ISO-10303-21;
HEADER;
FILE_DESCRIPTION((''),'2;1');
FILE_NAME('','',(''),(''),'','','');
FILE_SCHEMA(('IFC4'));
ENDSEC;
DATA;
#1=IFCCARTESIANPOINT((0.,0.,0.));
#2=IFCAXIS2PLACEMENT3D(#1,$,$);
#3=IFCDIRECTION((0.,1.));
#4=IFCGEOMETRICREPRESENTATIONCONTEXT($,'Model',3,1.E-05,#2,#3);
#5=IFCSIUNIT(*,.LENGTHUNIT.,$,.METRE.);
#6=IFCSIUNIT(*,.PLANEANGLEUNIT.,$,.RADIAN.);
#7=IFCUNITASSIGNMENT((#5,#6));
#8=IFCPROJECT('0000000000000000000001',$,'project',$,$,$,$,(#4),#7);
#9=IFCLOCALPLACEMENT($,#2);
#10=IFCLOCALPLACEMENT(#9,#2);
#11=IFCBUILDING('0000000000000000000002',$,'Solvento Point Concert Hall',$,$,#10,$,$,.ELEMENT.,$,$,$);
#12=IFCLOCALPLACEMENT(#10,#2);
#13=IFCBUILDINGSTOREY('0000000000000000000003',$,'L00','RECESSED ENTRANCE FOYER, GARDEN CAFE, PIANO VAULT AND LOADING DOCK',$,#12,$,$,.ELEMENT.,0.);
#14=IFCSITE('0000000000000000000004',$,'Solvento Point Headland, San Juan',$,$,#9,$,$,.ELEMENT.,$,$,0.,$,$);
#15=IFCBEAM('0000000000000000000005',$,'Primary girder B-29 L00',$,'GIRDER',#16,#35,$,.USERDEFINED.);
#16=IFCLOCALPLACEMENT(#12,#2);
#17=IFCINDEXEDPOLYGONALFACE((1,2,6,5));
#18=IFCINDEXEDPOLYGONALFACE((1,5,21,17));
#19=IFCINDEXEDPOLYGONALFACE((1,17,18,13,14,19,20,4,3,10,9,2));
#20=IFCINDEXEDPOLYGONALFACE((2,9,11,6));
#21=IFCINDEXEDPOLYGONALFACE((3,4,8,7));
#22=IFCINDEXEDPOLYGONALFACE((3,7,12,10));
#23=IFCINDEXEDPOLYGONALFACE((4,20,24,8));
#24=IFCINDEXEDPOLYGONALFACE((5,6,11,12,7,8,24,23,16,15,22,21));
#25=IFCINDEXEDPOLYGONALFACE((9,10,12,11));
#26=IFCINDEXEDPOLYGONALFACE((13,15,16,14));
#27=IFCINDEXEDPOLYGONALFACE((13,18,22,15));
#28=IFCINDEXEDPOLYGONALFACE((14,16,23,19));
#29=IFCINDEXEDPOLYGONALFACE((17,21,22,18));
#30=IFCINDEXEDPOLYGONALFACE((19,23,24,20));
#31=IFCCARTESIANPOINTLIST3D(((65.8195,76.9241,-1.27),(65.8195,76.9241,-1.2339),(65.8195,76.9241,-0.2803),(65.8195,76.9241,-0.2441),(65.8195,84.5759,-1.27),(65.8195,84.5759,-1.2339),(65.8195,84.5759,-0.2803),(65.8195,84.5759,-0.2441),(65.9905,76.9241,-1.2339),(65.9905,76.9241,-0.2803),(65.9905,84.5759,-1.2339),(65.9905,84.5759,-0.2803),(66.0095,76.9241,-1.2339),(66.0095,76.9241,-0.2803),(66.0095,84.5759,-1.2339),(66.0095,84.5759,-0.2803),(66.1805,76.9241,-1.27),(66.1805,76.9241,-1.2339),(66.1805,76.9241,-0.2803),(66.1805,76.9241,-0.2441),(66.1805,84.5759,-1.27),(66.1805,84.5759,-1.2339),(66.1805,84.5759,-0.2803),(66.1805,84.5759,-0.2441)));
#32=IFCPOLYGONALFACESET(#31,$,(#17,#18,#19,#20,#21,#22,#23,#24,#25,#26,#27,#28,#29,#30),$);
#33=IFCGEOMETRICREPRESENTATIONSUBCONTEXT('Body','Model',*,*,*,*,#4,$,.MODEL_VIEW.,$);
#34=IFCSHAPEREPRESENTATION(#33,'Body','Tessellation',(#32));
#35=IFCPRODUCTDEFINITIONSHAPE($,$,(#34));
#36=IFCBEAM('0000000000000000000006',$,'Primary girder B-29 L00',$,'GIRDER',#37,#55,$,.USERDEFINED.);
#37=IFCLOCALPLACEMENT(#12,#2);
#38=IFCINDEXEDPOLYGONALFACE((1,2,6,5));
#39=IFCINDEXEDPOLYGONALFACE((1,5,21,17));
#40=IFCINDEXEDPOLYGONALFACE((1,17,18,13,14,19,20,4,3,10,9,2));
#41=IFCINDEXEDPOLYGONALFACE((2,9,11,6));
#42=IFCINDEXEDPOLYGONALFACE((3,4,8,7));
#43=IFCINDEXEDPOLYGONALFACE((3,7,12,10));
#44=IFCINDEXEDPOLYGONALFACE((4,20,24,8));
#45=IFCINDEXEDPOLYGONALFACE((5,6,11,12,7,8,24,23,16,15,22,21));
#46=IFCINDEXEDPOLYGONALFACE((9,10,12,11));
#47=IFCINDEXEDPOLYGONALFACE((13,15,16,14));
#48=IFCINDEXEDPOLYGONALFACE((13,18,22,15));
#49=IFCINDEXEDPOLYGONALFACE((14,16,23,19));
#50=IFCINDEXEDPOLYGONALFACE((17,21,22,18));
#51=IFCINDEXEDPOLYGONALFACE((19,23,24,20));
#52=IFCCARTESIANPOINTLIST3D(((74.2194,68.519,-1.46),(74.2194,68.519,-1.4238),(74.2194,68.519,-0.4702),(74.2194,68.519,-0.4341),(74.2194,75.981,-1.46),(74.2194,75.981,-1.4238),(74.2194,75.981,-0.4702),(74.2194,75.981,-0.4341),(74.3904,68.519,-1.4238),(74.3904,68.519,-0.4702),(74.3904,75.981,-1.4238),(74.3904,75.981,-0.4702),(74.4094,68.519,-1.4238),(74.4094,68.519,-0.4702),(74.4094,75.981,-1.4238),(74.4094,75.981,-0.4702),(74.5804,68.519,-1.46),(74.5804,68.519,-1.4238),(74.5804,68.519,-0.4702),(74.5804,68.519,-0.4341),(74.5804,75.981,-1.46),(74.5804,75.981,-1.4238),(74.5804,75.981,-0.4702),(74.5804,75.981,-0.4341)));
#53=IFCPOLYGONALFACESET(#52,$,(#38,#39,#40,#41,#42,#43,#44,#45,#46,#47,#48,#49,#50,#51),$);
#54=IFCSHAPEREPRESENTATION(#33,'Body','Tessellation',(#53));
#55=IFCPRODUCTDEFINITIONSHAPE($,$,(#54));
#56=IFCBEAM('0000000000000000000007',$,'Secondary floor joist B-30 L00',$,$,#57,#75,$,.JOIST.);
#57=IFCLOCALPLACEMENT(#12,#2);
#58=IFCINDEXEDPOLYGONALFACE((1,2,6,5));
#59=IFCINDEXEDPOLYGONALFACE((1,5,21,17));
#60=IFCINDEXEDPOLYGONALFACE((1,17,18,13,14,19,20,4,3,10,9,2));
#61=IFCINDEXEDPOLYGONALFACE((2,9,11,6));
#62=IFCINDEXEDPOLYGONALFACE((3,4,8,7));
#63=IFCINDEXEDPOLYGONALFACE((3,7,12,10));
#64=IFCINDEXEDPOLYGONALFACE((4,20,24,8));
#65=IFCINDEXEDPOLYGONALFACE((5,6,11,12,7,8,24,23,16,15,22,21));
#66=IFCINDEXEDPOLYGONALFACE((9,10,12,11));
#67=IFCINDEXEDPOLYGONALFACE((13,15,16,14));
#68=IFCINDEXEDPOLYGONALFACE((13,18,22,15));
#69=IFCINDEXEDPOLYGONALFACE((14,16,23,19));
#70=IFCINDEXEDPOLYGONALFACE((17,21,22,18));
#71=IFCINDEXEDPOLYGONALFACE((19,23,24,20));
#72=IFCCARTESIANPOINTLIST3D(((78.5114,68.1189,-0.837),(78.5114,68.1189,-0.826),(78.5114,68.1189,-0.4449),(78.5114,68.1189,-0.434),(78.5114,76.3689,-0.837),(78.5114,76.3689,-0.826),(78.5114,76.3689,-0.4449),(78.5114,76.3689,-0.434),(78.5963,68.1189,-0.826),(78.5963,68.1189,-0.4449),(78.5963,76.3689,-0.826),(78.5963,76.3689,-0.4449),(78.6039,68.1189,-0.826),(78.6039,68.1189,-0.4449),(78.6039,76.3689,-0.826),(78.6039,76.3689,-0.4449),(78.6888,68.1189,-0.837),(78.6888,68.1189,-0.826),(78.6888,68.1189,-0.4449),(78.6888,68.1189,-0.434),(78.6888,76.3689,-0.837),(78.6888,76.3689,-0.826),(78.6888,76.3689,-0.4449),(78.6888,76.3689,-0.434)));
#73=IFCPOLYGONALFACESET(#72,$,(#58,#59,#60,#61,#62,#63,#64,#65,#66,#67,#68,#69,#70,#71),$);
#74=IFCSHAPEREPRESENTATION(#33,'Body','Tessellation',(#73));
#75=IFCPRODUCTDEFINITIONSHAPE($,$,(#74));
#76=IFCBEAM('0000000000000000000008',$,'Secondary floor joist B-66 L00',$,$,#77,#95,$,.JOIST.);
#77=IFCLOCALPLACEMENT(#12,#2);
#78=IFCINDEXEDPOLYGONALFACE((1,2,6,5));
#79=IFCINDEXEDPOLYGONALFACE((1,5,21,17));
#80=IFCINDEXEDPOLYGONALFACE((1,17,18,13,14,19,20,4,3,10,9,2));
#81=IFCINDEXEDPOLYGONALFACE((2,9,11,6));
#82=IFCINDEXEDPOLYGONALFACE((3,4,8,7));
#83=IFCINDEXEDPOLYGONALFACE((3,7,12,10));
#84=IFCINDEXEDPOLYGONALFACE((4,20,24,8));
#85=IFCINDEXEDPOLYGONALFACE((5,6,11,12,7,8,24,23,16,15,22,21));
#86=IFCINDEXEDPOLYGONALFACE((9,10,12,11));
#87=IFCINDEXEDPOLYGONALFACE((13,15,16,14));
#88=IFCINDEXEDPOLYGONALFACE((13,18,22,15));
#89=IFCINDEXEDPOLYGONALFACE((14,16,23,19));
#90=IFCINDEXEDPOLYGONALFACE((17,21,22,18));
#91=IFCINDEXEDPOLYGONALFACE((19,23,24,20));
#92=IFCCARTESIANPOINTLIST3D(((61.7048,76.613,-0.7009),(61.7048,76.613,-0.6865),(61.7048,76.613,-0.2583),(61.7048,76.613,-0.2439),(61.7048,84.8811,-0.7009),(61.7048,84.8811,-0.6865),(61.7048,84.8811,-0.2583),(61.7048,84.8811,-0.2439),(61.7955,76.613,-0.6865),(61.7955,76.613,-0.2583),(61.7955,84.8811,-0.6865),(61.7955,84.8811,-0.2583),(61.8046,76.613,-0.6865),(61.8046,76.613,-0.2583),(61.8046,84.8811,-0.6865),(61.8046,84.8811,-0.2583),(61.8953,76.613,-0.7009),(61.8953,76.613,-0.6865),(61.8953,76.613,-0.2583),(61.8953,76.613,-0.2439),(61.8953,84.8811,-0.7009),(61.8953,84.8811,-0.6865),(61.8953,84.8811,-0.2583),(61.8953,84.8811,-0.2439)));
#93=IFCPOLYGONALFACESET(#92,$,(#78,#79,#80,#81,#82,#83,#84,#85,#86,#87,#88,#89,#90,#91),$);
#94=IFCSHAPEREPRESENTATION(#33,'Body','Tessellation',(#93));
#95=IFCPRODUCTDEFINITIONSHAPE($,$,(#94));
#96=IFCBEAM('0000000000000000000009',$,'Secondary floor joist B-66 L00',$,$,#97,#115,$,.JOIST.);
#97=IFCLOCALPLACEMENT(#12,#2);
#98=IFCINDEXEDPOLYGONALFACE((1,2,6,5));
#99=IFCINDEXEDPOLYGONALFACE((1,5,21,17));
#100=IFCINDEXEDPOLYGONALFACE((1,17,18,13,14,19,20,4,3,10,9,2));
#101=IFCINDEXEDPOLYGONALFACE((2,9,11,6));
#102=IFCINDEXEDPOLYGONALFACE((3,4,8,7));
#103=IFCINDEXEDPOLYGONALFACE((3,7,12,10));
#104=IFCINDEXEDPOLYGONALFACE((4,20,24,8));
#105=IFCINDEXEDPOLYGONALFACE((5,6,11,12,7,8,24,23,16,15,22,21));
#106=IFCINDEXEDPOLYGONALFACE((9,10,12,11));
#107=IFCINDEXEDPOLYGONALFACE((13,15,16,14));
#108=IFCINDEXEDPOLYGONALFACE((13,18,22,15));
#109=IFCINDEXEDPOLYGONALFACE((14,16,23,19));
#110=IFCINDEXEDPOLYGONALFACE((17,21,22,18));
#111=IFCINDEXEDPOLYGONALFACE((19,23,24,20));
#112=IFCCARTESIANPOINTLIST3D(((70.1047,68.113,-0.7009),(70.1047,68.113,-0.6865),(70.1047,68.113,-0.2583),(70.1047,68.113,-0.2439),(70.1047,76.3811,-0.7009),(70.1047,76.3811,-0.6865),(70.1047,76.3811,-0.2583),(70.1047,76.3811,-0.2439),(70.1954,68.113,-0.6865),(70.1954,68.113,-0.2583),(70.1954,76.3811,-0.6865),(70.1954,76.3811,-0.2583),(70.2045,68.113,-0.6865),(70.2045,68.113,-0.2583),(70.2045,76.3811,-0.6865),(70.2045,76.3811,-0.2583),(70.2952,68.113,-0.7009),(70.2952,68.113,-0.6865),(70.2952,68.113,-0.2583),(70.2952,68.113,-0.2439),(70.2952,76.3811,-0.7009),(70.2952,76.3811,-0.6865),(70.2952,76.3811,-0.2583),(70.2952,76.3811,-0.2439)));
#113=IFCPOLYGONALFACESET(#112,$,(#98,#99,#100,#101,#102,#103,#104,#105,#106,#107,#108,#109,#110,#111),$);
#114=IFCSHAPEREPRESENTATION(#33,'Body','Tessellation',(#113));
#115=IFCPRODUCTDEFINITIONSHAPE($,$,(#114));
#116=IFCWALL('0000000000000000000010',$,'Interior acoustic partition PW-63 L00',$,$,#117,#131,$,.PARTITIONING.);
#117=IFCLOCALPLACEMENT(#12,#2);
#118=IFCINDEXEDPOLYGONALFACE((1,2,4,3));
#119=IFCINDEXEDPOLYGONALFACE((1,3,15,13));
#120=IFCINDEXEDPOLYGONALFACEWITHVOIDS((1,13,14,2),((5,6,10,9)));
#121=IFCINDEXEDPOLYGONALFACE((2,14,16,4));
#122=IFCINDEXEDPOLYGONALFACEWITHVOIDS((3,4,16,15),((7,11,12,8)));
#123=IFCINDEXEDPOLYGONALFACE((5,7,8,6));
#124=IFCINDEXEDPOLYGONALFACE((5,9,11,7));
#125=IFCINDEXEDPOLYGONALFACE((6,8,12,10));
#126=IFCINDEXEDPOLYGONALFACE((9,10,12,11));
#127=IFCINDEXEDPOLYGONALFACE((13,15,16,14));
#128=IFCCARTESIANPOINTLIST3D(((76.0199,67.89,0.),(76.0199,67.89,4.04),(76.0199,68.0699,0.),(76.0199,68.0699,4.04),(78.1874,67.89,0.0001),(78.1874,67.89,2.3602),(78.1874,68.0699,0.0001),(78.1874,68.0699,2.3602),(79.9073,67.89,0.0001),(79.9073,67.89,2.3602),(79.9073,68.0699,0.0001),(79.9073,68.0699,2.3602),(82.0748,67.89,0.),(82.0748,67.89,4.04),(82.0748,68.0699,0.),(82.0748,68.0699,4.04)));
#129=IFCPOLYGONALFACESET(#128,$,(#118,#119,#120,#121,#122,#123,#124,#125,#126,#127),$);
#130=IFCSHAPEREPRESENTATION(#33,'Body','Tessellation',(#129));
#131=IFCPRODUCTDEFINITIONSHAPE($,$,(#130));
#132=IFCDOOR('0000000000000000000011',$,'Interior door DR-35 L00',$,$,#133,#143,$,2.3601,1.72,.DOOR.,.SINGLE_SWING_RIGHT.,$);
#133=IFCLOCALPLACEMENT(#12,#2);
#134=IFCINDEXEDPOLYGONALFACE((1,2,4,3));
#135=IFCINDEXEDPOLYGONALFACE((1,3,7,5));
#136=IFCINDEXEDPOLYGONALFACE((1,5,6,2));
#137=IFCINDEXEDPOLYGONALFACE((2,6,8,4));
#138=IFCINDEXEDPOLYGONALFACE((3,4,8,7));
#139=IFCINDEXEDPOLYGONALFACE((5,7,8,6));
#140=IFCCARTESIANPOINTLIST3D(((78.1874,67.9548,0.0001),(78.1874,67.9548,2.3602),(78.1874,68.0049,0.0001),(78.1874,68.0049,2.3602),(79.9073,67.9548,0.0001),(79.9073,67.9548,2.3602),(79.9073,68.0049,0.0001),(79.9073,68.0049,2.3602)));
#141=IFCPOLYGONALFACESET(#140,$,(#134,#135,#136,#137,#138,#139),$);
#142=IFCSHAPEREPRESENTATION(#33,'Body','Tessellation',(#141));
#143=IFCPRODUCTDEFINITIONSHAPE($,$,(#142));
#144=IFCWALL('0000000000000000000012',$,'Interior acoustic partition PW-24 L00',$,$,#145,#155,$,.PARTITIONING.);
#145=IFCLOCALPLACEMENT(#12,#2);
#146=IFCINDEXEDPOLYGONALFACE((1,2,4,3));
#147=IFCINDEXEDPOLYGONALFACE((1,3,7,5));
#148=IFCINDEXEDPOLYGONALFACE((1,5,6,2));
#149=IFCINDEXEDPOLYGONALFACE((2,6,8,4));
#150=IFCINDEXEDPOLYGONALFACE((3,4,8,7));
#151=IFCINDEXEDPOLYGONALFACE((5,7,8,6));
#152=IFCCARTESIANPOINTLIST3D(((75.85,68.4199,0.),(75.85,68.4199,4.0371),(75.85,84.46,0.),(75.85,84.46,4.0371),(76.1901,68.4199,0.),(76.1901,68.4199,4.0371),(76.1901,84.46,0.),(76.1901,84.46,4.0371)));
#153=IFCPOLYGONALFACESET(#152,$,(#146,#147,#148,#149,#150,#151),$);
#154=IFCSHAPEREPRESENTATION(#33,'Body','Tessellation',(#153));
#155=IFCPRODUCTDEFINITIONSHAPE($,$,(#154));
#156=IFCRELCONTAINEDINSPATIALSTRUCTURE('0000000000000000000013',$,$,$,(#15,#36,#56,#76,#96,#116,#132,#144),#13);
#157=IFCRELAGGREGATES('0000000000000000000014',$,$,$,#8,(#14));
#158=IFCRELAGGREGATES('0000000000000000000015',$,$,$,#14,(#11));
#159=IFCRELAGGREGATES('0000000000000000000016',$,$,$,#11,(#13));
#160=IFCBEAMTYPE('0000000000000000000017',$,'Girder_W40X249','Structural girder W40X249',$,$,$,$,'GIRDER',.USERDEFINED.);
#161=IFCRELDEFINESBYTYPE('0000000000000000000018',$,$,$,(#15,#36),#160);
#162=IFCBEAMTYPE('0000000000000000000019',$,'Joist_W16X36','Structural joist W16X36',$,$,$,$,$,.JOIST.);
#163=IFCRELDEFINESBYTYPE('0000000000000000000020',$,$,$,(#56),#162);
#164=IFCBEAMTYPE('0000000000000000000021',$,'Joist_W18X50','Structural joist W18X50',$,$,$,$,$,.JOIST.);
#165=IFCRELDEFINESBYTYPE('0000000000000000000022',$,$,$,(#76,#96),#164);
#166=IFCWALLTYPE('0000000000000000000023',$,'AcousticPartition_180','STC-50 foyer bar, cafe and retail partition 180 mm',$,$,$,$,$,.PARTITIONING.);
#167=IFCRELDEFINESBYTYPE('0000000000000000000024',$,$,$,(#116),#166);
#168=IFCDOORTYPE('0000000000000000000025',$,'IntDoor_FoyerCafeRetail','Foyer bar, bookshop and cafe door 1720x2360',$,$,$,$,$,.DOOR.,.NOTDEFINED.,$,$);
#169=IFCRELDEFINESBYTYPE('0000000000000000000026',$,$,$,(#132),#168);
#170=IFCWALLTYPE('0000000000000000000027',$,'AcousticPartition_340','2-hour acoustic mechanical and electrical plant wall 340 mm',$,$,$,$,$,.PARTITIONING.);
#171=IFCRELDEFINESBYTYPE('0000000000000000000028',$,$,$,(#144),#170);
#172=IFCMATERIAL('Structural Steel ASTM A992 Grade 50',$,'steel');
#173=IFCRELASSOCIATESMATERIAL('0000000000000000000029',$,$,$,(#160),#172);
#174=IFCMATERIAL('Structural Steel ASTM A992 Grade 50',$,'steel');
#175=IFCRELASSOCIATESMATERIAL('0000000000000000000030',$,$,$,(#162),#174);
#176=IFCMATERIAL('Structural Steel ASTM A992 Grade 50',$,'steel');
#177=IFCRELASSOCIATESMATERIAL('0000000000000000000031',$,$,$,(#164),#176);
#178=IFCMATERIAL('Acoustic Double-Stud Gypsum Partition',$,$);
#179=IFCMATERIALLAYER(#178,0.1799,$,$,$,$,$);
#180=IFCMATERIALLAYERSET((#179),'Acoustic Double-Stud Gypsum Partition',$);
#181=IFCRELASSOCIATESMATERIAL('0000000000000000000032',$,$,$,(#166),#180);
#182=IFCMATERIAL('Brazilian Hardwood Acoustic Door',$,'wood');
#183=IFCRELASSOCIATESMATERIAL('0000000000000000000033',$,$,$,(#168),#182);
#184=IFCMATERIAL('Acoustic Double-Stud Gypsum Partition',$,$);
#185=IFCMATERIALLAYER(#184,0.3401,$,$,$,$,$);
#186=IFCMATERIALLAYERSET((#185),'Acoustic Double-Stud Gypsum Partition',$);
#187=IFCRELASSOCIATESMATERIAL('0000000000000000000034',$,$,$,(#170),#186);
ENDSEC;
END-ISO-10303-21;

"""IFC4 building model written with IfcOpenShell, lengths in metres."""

from ifc_helpers import new_model, si_unit, direction, frame, frame_2d, origin, origin_2d, place, context, subcontext, project, spatial, rectangle, i_section, extrude, material, layer, layer_set, material_profile, profile_set, type_object, element, fill, save


model = new_model("IFC4")

# Units and contexts
model_context = context("Model", 3, precision=1e-05, world=origin(), true_north=direction((0.0, 1.0)))
body_context = subcontext(model_context, "Body", "Model", "MODEL_VIEW")
ifc_project = project(units=[si_unit("LENGTHUNIT", "METRE"), si_unit("PLANEANGLEUNIT", "RADIAN")], contexts=[model_context])

# Site, building, storey
site_placement = place(None, origin())
site = spatial("IfcSite", under=ifc_project, at=site_placement, Name="Solvento Point Headland, San Juan", CompositionType="ELEMENT", RefElevation=0.0)
building_placement = place(site_placement, origin())
building = spatial("IfcBuilding", under=site, at=building_placement, Name="Solvento Point Concert Hall", CompositionType="ELEMENT")
storey_placement = place(building_placement, origin())
storey = spatial("IfcBuildingStorey", under=building, at=storey_placement, Name="L00", Description="RECESSED ENTRANCE FOYER, GARDEN CAFE, PIANO VAULT AND LOADING DOCK", CompositionType="ELEMENT", Elevation=0.0)

# Beams
ifc_material_1 = material(Name="Structural Steel ASTM A992 Grade 50", Category="steel")
ifc_material_profile_1 = material_profile(ifc_material_1, i_section(OverallWidth=0.3611, OverallDepth=1.0259, WebThickness=0.019, FlangeThickness=0.0361, at=origin_2d()), Name="W40X249")
ifc_profile_set_1 = profile_set([ifc_material_profile_1], Name="Structural Steel ASTM A992 Grade 50")
beam_type_1 = type_object("IfcBeamType", Name="Girder_W40X249", Description="Structural girder W40X249", ElementType="GIRDER", PredefinedType="USERDEFINED", material=ifc_profile_set_1)
beam_1_placement = place(storey_placement, frame((66.0, 76.9241, -0.7571), z_axis=(0.0, 1.0, 0.0), x_axis=(-1.0, 0.0, 0.0)))
element("IfcBeam", 1, at=beam_1_placement, inside=storey, type_object=beam_type_1, Name="Primary girder B-29 L00", ObjectType="GIRDER", PredefinedType="USERDEFINED", context=body_context, shape_type="SweptSolid", body=[
    extrude(i_section(OverallWidth=0.3611, OverallDepth=1.0259, WebThickness=0.019, FlangeThickness=0.0361, at=origin_2d()), origin(), (0.0, 0.0, 1.0), 7.6519),
])
beam_2_placement = place(storey_placement, frame((74.3999, 68.519, -0.947), z_axis=(0.0, 1.0, 0.0), x_axis=(-1.0, 0.0, 0.0)))
element("IfcBeam", 2, at=beam_2_placement, inside=storey, type_object=beam_type_1, Name="Primary girder B-29 L00", ObjectType="GIRDER", PredefinedType="USERDEFINED", context=body_context, shape_type="SweptSolid", body=[
    extrude(i_section(OverallWidth=0.3611, OverallDepth=1.0259, WebThickness=0.019, FlangeThickness=0.0361, at=origin_2d()), origin(), (0.0, 0.0, 1.0), 7.4619),
])
ifc_material_2 = material(Name="Structural Steel ASTM A992 Grade 50", Category="steel")
ifc_material_profile_2 = material_profile(ifc_material_2, i_section(OverallWidth=0.1775, OverallDepth=0.4031, WebThickness=0.0076, FlangeThickness=0.011, at=origin_2d()), Name="W16X36")
ifc_profile_set_2 = profile_set([ifc_material_profile_2], Name="Structural Steel ASTM A992 Grade 50")
beam_type_2 = type_object("IfcBeamType", Name="Joist_W16X36", Description="Structural joist W16X36", PredefinedType="JOIST", material=ifc_profile_set_2)
beam_3_placement = place(storey_placement, frame((78.6001, 68.1189, -0.6355), z_axis=(0.0, 1.0, 0.0), x_axis=(-1.0, 0.0, 0.0)))
element("IfcBeam", 3, at=beam_3_placement, inside=storey, type_object=beam_type_2, Name="Secondary floor joist B-30 L00", PredefinedType="JOIST", context=body_context, shape_type="SweptSolid", body=[
    extrude(i_section(OverallWidth=0.1775, OverallDepth=0.4031, WebThickness=0.0076, FlangeThickness=0.011, at=origin_2d()), origin(), (0.0, 0.0, 1.0), 8.25),
])
ifc_material_3 = material(Name="Structural Steel ASTM A992 Grade 50", Category="steel")
ifc_material_profile_3 = material_profile(ifc_material_3, i_section(OverallWidth=0.1904, OverallDepth=0.457, WebThickness=0.009, FlangeThickness=0.0144, at=origin_2d()), Name="W18X50")
ifc_profile_set_3 = profile_set([ifc_material_profile_3], Name="Structural Steel ASTM A992 Grade 50")
beam_type_3 = type_object("IfcBeamType", Name="Joist_W18X50", Description="Structural joist W18X50", PredefinedType="JOIST", material=ifc_profile_set_3)
for number, where, z_axis, x_axis, name in (
    (4, (61.8, 76.613, -0.4724), (0.0, 1.0, 0.0), (-1.0, 0.0, 0.0), "Secondary floor joist B-66 L00"),
    (5, (70.2, 68.113, -0.4724), (0.0, 1.0, 0.0), (-1.0, 0.0, 0.0), "Secondary floor joist B-66 L00"),
):
    element("IfcBeam", number, at=place(storey_placement, frame(where, z_axis=z_axis, x_axis=x_axis)), inside=storey, type_object=beam_type_3, Name=name, PredefinedType="JOIST", context=body_context, shape_type="SweptSolid", body=[
        extrude(i_section(OverallWidth=0.1904, OverallDepth=0.457, WebThickness=0.009, FlangeThickness=0.0144, at=origin_2d()), origin(), (0.0, 0.0, 1.0), 8.2681),
    ])

# Wall, opening, door
ifc_material_4 = material(Name="Acoustic Double-Stud Gypsum Partition")
ifc_layer_1 = layer(ifc_material_4, 0.1799)
ifc_layer_set_1 = layer_set([ifc_layer_1], Name="Acoustic Double-Stud Gypsum Partition")
wall_type_1 = type_object("IfcWallType", Name="AcousticPartition_180", Description="STC-50 foyer bar, cafe and retail partition 180 mm", PredefinedType="PARTITIONING", material=ifc_layer_set_1)
wall_1_placement = place(storey_placement, frame((76.02, 67.98, 0.0), z_axis=(0.0, 0.0, 1.0), x_axis=(1.0, 0.0, 0.0)))
wall_1 = element("IfcWall", 6, at=wall_1_placement, inside=storey, type_object=wall_type_1, Name="Interior acoustic partition PW-63 L00", PredefinedType="PARTITIONING", context=body_context, shape_type="SweptSolid", body=[
    extrude(rectangle(XDim=6.0549, YDim=0.1799, at=frame_2d((3.0273, 0.0))), origin(), (0.0, 0.0, 1.0), 4.04),
])
opening_1_placement = place(wall_1_placement, frame((2.1675, 0.0, 0.0)))
opening_1 = element("IfcOpeningElement", 7, at=opening_1_placement, cuts=wall_1, PredefinedType="OPENING", context=body_context, shape_type="SweptSolid", body=[
    extrude(rectangle(XDim=1.72, YDim=2.3601, at=frame_2d((0.8599, 1.1802))), frame((0.0, 0.0999, 0.0), z_axis=(0.0, -1.0, 0.0), x_axis=(1.0, 0.0, 0.0)), (0.0, 0.0, 1.0), 0.2),
])
ifc_material_5 = material(Name="Brazilian Hardwood Acoustic Door", Category="wood")
door_type = type_object("IfcDoorType", Name="IntDoor_FoyerCafeRetail", Description="Foyer bar, bookshop and cafe door 1720x2360", OperationType="NOTDEFINED", PredefinedType="DOOR", material=ifc_material_5)
door_placement = place(opening_1_placement, origin())
door = element("IfcDoor", 8, at=door_placement, inside=storey, type_object=door_type, Name="Interior door DR-35 L00", OperationType="SINGLE_SWING_RIGHT", OverallHeight=2.3601, OverallWidth=1.72, PredefinedType="DOOR", context=body_context, shape_type="SweptSolid", body=[
    extrude(rectangle(XDim=1.72, YDim=2.3601, at=frame_2d((0.8599, 1.1802))), frame((0.0, 0.0249, 0.0), z_axis=(0.0, -1.0, 0.0), x_axis=(1.0, 0.0, 0.0)), (0.0, 0.0, 1.0), 0.05),
])
fill(opening_1, door)

# Wall
ifc_material_6 = material(Name="Acoustic Double-Stud Gypsum Partition")
ifc_layer_2 = layer(ifc_material_6, 0.3401)
ifc_layer_set_2 = layer_set([ifc_layer_2], Name="Acoustic Double-Stud Gypsum Partition")
wall_type_2 = type_object("IfcWallType", Name="AcousticPartition_340", Description="2-hour acoustic mechanical and electrical plant wall 340 mm", PredefinedType="PARTITIONING", material=ifc_layer_set_2)
wall_2_placement = place(storey_placement, frame((76.02, 68.4199, 0.0), z_axis=(0.0, 0.0, 1.0), x_axis=(0.0, 1.0, 0.0)))
element("IfcWall", 9, at=wall_2_placement, inside=storey, type_object=wall_type_2, Name="Interior acoustic partition PW-24 L00", PredefinedType="PARTITIONING", context=body_context, shape_type="SweptSolid", body=[
    extrude(rectangle(XDim=16.04, YDim=0.3401, at=frame_2d((8.02, 0.0))), origin(), (0.0, 0.0, 1.0), 4.0371),
])

save(model, "model.ifc")
